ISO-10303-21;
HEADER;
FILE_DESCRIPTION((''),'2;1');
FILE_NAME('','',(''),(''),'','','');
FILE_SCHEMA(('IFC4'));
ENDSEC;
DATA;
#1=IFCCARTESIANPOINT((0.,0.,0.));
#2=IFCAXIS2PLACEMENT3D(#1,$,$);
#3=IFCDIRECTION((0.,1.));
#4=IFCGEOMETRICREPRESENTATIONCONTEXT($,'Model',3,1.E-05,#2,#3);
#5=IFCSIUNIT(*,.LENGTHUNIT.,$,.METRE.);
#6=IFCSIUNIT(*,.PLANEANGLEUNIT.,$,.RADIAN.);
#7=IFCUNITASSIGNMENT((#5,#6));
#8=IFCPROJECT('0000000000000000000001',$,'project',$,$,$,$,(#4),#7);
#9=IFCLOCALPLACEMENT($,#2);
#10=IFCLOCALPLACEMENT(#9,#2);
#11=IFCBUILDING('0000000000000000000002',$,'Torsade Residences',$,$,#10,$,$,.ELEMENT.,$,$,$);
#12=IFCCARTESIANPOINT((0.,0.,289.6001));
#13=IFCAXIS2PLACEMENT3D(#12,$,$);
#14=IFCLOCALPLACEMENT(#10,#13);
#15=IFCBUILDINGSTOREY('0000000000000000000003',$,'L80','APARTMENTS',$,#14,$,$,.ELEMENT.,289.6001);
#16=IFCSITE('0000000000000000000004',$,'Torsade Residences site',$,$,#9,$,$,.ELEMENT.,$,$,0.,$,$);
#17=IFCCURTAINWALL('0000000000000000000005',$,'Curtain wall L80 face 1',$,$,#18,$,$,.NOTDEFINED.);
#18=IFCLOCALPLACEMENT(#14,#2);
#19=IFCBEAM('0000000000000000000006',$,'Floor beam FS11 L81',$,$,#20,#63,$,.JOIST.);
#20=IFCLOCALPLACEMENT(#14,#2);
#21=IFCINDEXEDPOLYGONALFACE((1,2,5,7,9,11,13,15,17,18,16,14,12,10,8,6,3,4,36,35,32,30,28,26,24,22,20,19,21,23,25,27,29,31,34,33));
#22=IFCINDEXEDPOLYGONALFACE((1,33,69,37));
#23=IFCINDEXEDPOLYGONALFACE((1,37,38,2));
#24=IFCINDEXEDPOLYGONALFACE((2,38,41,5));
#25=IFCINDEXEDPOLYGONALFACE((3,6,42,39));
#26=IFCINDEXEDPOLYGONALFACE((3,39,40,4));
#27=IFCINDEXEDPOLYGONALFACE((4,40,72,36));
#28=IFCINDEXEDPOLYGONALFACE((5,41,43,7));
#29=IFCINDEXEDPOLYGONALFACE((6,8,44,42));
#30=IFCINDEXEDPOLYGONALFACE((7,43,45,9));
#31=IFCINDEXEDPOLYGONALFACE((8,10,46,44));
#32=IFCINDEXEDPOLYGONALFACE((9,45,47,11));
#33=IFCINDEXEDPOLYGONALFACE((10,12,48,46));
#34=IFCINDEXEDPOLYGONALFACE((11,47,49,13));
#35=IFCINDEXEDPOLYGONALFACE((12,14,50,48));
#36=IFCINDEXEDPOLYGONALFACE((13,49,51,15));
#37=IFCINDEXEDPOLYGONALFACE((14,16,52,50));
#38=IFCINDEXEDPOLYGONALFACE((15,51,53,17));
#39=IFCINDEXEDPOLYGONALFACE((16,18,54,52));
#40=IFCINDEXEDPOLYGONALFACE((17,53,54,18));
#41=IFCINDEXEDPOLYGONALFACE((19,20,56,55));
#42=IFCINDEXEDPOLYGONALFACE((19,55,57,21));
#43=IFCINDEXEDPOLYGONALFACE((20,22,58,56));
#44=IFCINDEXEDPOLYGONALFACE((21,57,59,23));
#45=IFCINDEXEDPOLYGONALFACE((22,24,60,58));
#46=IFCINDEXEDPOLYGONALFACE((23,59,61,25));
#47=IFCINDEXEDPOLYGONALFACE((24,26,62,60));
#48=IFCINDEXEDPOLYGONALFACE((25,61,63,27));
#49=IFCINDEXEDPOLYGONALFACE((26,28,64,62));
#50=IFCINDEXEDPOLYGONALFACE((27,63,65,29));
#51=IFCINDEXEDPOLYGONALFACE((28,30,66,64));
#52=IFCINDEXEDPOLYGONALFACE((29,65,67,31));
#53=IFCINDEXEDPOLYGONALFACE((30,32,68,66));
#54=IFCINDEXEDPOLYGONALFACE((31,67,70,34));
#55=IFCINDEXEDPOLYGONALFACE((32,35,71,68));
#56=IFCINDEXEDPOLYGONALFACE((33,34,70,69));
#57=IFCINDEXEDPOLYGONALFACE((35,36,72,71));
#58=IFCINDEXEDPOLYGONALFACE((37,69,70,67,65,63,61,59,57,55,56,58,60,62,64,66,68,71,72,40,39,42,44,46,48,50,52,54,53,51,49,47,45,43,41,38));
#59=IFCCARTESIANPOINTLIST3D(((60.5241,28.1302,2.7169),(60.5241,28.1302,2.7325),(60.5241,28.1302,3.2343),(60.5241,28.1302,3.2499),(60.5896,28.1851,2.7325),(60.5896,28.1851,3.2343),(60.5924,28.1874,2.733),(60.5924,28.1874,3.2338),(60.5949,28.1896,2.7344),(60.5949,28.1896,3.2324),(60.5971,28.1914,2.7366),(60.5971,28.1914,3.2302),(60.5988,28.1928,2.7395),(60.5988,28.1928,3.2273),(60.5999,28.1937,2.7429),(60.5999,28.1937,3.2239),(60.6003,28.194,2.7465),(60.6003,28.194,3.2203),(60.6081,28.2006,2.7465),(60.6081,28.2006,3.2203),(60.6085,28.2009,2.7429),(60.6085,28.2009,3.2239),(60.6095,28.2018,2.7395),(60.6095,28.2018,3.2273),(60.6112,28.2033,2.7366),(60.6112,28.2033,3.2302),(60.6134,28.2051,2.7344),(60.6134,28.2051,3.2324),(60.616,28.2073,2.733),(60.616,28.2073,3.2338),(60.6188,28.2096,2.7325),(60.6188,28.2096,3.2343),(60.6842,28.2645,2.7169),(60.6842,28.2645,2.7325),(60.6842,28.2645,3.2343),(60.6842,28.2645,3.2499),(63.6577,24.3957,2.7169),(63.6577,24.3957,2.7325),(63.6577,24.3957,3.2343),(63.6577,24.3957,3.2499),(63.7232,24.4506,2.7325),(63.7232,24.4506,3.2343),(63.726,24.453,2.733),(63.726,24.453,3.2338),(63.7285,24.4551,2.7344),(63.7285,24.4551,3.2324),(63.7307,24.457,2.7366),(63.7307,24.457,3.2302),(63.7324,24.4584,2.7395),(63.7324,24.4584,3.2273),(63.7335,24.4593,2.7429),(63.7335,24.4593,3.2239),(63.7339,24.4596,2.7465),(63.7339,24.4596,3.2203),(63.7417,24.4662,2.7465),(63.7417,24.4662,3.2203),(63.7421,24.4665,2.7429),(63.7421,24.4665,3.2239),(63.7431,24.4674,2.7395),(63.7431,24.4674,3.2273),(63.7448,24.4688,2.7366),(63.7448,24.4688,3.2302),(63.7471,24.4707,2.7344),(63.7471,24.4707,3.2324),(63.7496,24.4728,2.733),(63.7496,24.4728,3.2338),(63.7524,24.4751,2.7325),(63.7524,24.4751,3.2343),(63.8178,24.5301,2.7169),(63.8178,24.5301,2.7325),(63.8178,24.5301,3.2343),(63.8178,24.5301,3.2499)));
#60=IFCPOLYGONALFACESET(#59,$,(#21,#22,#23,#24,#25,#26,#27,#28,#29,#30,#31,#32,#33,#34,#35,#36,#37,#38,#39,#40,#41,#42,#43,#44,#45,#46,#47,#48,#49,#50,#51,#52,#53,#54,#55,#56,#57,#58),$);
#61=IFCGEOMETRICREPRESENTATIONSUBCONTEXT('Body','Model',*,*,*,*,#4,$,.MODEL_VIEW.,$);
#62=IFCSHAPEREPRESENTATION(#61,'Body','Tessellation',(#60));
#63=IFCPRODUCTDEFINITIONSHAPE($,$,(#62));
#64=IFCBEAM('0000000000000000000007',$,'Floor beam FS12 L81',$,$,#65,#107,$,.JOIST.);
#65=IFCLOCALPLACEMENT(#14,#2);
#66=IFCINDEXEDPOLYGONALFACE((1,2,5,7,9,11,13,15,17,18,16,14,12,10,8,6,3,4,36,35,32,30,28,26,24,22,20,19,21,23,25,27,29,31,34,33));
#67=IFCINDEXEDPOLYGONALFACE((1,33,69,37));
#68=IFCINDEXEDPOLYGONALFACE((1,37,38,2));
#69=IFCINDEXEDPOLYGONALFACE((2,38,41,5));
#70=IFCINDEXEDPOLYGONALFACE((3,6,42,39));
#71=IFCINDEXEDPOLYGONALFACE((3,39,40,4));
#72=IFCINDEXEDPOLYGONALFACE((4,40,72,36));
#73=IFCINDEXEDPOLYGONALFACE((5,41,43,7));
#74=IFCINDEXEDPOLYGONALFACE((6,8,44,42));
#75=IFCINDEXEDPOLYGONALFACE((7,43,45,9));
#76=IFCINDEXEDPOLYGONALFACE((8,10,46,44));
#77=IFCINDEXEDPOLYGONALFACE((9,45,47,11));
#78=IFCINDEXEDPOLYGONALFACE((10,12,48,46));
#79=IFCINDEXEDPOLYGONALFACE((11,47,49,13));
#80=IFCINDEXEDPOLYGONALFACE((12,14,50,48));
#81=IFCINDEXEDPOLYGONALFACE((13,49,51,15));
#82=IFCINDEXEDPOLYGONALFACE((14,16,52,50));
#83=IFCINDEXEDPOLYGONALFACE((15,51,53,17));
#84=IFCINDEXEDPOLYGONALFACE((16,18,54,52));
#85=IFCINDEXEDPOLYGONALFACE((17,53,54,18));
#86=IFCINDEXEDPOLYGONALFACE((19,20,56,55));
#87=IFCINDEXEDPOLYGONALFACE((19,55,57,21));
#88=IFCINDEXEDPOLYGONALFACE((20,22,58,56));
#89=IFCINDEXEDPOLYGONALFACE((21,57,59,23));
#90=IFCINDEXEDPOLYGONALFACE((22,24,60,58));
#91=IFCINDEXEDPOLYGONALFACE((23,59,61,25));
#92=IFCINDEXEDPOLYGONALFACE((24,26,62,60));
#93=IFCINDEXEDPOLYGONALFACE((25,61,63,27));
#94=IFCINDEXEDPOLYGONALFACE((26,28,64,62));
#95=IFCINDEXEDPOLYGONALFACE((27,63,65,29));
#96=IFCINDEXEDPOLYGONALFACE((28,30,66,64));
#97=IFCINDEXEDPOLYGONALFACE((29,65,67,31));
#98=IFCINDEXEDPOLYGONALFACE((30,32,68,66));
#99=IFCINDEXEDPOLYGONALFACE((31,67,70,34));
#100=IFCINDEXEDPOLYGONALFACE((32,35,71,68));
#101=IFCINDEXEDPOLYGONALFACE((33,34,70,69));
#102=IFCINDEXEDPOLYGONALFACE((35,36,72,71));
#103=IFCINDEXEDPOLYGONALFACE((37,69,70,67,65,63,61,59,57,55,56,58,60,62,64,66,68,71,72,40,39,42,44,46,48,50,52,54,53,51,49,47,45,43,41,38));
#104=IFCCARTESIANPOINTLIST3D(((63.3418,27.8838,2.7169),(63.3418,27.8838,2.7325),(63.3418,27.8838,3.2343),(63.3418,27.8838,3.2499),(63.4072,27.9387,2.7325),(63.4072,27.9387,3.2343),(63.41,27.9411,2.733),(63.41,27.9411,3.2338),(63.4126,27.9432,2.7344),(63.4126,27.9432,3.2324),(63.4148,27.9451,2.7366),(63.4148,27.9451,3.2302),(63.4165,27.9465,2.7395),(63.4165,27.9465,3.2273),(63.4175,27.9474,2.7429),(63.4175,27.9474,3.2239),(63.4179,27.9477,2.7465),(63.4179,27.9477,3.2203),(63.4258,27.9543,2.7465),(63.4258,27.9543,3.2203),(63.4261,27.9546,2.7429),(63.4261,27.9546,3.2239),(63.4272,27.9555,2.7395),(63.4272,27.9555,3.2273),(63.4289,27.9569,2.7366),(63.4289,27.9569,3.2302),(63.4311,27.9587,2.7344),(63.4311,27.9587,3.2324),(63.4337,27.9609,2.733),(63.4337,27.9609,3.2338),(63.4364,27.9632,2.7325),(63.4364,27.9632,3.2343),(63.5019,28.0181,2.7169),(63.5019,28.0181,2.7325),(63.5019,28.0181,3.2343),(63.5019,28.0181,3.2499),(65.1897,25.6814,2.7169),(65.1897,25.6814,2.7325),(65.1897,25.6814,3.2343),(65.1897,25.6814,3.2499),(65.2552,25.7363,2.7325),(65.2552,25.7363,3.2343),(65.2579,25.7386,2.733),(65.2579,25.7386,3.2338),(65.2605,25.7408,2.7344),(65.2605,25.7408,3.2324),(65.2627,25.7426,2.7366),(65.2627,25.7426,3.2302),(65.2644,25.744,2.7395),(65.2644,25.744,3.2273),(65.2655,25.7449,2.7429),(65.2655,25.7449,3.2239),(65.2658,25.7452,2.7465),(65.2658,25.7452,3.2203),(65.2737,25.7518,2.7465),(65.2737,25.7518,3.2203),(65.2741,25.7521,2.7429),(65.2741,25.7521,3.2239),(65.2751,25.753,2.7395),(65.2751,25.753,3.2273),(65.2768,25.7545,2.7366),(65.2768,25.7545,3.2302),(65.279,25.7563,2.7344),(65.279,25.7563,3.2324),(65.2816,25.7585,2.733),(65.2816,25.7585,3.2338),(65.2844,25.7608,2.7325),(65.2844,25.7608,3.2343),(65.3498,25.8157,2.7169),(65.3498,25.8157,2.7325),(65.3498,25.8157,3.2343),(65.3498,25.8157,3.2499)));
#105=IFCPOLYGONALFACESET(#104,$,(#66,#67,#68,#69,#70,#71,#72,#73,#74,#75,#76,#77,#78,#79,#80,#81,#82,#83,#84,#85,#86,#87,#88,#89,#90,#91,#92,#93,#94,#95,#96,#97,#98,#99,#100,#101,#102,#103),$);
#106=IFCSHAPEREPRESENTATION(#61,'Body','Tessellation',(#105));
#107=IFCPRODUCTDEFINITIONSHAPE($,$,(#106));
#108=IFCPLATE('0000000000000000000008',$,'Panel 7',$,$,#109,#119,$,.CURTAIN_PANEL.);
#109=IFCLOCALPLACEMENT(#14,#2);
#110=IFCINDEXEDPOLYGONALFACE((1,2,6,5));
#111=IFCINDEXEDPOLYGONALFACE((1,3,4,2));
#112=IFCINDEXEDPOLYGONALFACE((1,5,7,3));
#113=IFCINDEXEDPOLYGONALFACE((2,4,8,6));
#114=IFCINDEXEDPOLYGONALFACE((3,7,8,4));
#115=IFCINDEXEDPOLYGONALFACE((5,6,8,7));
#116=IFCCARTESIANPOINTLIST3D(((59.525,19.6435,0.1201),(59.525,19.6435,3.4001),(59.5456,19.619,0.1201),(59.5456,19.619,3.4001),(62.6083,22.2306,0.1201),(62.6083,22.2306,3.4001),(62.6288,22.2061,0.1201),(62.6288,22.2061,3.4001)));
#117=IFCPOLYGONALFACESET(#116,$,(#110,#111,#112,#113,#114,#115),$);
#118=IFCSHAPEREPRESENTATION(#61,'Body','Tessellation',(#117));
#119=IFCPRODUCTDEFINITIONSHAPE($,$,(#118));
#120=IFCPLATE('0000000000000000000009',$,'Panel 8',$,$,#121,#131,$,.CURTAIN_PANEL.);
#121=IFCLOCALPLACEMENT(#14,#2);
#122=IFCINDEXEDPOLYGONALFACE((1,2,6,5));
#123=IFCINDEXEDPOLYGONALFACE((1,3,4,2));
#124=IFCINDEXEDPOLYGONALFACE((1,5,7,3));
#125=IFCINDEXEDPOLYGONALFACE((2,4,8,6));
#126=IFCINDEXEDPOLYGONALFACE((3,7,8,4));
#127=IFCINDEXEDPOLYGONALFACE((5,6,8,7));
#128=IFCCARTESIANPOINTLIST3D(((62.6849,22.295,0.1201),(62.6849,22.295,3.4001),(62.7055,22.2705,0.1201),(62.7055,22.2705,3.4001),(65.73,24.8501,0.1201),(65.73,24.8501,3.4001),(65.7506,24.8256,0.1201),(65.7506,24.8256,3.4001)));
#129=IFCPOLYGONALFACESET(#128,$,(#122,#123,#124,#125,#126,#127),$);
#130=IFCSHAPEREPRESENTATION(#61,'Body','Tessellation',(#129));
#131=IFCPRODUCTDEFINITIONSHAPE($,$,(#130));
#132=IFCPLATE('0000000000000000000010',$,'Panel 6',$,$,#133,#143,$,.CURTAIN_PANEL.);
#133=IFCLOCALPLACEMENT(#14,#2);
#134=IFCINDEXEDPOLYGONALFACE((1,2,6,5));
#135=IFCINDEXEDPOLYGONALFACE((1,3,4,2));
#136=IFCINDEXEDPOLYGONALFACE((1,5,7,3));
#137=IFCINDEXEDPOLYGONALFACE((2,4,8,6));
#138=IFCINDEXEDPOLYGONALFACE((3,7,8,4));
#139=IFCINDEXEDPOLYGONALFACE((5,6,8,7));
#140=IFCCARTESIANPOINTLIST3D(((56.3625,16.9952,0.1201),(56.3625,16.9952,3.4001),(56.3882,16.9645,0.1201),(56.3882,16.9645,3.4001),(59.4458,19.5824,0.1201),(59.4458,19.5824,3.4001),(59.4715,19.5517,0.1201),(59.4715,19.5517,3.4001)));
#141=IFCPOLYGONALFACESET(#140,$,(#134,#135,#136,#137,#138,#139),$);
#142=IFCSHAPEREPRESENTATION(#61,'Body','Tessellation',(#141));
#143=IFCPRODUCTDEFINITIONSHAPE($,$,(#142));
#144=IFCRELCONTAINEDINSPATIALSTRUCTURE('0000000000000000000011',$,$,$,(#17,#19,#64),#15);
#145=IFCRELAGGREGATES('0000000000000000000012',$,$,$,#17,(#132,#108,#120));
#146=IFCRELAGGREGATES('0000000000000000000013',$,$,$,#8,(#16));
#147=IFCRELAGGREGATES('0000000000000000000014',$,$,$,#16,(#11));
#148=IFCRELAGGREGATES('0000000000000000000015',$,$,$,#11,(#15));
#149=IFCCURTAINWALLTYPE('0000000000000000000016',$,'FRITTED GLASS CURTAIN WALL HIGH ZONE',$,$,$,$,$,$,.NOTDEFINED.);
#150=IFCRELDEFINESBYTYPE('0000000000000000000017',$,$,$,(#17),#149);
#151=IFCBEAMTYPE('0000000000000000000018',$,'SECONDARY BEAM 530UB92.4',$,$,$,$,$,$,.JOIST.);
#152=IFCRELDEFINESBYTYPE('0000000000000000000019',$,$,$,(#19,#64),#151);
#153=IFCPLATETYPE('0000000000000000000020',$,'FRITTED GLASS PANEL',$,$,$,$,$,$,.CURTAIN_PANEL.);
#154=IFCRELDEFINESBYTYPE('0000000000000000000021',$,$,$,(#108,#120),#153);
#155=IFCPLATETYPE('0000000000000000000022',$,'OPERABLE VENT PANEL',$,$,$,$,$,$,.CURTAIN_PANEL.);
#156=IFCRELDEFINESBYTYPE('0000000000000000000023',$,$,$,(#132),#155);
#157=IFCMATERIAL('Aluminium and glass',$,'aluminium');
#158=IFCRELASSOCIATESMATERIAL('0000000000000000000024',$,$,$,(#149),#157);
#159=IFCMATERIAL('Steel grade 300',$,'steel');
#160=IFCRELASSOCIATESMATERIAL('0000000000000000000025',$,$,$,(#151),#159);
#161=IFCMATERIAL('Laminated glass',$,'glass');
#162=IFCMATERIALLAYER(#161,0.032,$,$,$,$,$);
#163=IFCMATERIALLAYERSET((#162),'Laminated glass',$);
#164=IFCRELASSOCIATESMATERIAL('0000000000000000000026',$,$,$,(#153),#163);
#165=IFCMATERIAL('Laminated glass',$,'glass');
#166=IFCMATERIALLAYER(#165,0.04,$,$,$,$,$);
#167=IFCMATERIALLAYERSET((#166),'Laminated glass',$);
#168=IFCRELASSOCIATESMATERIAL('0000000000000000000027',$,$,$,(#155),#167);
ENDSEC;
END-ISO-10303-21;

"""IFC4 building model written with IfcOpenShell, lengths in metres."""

from ifc_helpers import new_model, si_unit, direction, frame, origin, origin_2d, place, context, subcontext, project, spatial, rectangle, i_section, extrude, material, layer, layer_set, material_profile, profile_set, type_object, element, aggregate, save


model = new_model("IFC4")

# Units and contexts
model_context = context("Model", 3, precision=1e-05, world=origin(), true_north=direction((0.0, 1.0)))
body_context = subcontext(model_context, "Body", "Model", "MODEL_VIEW")
ifc_project = project(units=[si_unit("LENGTHUNIT", "METRE"), si_unit("PLANEANGLEUNIT", "RADIAN")], contexts=[model_context])

# Site, building, storey
site_placement = place(None, origin())
site = spatial("IfcSite", under=ifc_project, at=site_placement, Name="Torsade Residences site", CompositionType="ELEMENT", RefElevation=0.0)
building_placement = place(site_placement, origin())
building = spatial("IfcBuilding", under=site, at=building_placement, Name="Torsade Residences", CompositionType="ELEMENT")
storey_placement = place(building_placement, frame((0.0, 0.0, 289.6001)))
storey = spatial("IfcBuildingStorey", under=building, at=storey_placement, Name="L80", Description="APARTMENTS", CompositionType="ELEMENT", Elevation=289.6001)

# Curtain wall
ifc_material_1 = material(Name="Aluminium and glass", Category="aluminium")
curtain_wall_type = type_object("IfcCurtainWallType", Name="FRITTED GLASS CURTAIN WALL HIGH ZONE", PredefinedType="NOTDEFINED", material=ifc_material_1)
curtain_wall_placement = place(storey_placement, origin())
curtain_wall = element("IfcCurtainWall", 1, at=curtain_wall_placement, inside=storey, type_object=curtain_wall_type, Name="Curtain wall L80 face 1", PredefinedType="NOTDEFINED")

# Beams
ifc_material_2 = material(Name="Steel grade 300", Category="steel")
ifc_material_profile_1 = material_profile(ifc_material_2, i_section(OverallWidth=0.209, OverallDepth=0.533, WebThickness=0.0103, FlangeThickness=0.0156, FilletRadius=0.0139, at=origin_2d()), Name="530UB92.4")
ifc_profile_set_1 = profile_set([ifc_material_profile_1], Name="Steel grade 300")
beam_type_1 = type_object("IfcBeamType", Name="SECONDARY BEAM 530UB92.4", PredefinedType="JOIST", material=ifc_profile_set_1)
beam_1_placement = place(storey_placement, frame((63.7378, 24.4629, 2.9834), z_axis=(-0.642791, 0.766041, 0.0), x_axis=(-0.766041, -0.642791, 0.0)))
element("IfcBeam", 2, at=beam_1_placement, inside=storey, type_object=beam_type_1, Name="Floor beam FS11 L81", PredefinedType="JOIST", context=body_context, shape_type="SweptSolid", body=[
    extrude(i_section(OverallWidth=0.209, OverallDepth=0.533, WebThickness=0.0103, FlangeThickness=0.0156, FilletRadius=0.0139, at=origin_2d()), origin(), (0.0, 0.0, 1.0), 4.875),
])
beam_2_placement = place(storey_placement, frame((65.2698, 25.7485, 2.9834), z_axis=(-0.642762, 0.766066, 0.0), x_axis=(-0.766066, -0.642762, 0.0)))
element("IfcBeam", 3, at=beam_2_placement, inside=storey, type_object=beam_type_1, Name="Floor beam FS12 L81", PredefinedType="JOIST", context=body_context, shape_type="SweptSolid", body=[
    extrude(i_section(OverallWidth=0.209, OverallDepth=0.533, WebThickness=0.0103, FlangeThickness=0.0156, FilletRadius=0.0139, at=origin_2d()), origin(), (0.0, 0.0, 1.0), 2.875),
])

# Plates
ifc_material_3 = material(Name="Laminated glass", Category="glass")
ifc_layer_1 = layer(ifc_material_3, 0.032)
ifc_layer_set_1 = layer_set([ifc_layer_1], Name="Laminated glass")
plate_type_1 = type_object("IfcPlateType", Name="FRITTED GLASS PANEL", PredefinedType="CURTAIN_PANEL", material=ifc_layer_set_1)
plate_1_placement = place(storey_placement, frame((61.0769, 20.9248, 0.1201), z_axis=(0.0, 0.0, 1.0), x_axis=(0.766044, 0.642788, 0.0)))
plate_1 = element("IfcPlate", 4, at=plate_1_placement, type_object=plate_type_1, Name="Panel 7", PredefinedType="CURTAIN_PANEL", context=body_context, shape_type="SweptSolid", body=[
    extrude(rectangle(XDim=4.0249, YDim=0.032, at=origin_2d()), origin(), (0.0, 0.0, 1.0), 3.28),
])
plate_2_placement = place(storey_placement, frame((64.2178, 23.5603, 0.1201), z_axis=(0.0, 0.0, 1.0), x_axis=(0.766044, 0.642788, 0.0)))
plate_2 = element("IfcPlate", 5, at=plate_2_placement, type_object=plate_type_1, Name="Panel 8", PredefinedType="CURTAIN_PANEL", context=body_context, shape_type="SweptSolid", body=[
    extrude(rectangle(XDim=3.9751, YDim=0.032, at=origin_2d()), origin(), (0.0, 0.0, 1.0), 3.28),
])
ifc_material_4 = material(Name="Laminated glass", Category="glass")
ifc_layer_2 = layer(ifc_material_4, 0.04)
ifc_layer_set_2 = layer_set([ifc_layer_2], Name="Laminated glass")
plate_type_2 = type_object("IfcPlateType", Name="OPERABLE VENT PANEL", PredefinedType="CURTAIN_PANEL", material=ifc_layer_set_2)
plate_3_placement = place(storey_placement, frame((57.917, 18.2734, 0.1201), z_axis=(0.0, 0.0, 1.0), x_axis=(0.766044, 0.642788, 0.0)))
plate_3 = element("IfcPlate", 6, at=plate_3_placement, type_object=plate_type_2, Name="Panel 6", PredefinedType="CURTAIN_PANEL", context=body_context, shape_type="SweptSolid", body=[
    extrude(rectangle(XDim=4.0249, YDim=0.04, at=origin_2d()), origin(), (0.0, 0.0, 1.0), 3.28),
])
aggregate(curtain_wall, [plate_3, plate_1, plate_2])

save(model, "model.ifc")
